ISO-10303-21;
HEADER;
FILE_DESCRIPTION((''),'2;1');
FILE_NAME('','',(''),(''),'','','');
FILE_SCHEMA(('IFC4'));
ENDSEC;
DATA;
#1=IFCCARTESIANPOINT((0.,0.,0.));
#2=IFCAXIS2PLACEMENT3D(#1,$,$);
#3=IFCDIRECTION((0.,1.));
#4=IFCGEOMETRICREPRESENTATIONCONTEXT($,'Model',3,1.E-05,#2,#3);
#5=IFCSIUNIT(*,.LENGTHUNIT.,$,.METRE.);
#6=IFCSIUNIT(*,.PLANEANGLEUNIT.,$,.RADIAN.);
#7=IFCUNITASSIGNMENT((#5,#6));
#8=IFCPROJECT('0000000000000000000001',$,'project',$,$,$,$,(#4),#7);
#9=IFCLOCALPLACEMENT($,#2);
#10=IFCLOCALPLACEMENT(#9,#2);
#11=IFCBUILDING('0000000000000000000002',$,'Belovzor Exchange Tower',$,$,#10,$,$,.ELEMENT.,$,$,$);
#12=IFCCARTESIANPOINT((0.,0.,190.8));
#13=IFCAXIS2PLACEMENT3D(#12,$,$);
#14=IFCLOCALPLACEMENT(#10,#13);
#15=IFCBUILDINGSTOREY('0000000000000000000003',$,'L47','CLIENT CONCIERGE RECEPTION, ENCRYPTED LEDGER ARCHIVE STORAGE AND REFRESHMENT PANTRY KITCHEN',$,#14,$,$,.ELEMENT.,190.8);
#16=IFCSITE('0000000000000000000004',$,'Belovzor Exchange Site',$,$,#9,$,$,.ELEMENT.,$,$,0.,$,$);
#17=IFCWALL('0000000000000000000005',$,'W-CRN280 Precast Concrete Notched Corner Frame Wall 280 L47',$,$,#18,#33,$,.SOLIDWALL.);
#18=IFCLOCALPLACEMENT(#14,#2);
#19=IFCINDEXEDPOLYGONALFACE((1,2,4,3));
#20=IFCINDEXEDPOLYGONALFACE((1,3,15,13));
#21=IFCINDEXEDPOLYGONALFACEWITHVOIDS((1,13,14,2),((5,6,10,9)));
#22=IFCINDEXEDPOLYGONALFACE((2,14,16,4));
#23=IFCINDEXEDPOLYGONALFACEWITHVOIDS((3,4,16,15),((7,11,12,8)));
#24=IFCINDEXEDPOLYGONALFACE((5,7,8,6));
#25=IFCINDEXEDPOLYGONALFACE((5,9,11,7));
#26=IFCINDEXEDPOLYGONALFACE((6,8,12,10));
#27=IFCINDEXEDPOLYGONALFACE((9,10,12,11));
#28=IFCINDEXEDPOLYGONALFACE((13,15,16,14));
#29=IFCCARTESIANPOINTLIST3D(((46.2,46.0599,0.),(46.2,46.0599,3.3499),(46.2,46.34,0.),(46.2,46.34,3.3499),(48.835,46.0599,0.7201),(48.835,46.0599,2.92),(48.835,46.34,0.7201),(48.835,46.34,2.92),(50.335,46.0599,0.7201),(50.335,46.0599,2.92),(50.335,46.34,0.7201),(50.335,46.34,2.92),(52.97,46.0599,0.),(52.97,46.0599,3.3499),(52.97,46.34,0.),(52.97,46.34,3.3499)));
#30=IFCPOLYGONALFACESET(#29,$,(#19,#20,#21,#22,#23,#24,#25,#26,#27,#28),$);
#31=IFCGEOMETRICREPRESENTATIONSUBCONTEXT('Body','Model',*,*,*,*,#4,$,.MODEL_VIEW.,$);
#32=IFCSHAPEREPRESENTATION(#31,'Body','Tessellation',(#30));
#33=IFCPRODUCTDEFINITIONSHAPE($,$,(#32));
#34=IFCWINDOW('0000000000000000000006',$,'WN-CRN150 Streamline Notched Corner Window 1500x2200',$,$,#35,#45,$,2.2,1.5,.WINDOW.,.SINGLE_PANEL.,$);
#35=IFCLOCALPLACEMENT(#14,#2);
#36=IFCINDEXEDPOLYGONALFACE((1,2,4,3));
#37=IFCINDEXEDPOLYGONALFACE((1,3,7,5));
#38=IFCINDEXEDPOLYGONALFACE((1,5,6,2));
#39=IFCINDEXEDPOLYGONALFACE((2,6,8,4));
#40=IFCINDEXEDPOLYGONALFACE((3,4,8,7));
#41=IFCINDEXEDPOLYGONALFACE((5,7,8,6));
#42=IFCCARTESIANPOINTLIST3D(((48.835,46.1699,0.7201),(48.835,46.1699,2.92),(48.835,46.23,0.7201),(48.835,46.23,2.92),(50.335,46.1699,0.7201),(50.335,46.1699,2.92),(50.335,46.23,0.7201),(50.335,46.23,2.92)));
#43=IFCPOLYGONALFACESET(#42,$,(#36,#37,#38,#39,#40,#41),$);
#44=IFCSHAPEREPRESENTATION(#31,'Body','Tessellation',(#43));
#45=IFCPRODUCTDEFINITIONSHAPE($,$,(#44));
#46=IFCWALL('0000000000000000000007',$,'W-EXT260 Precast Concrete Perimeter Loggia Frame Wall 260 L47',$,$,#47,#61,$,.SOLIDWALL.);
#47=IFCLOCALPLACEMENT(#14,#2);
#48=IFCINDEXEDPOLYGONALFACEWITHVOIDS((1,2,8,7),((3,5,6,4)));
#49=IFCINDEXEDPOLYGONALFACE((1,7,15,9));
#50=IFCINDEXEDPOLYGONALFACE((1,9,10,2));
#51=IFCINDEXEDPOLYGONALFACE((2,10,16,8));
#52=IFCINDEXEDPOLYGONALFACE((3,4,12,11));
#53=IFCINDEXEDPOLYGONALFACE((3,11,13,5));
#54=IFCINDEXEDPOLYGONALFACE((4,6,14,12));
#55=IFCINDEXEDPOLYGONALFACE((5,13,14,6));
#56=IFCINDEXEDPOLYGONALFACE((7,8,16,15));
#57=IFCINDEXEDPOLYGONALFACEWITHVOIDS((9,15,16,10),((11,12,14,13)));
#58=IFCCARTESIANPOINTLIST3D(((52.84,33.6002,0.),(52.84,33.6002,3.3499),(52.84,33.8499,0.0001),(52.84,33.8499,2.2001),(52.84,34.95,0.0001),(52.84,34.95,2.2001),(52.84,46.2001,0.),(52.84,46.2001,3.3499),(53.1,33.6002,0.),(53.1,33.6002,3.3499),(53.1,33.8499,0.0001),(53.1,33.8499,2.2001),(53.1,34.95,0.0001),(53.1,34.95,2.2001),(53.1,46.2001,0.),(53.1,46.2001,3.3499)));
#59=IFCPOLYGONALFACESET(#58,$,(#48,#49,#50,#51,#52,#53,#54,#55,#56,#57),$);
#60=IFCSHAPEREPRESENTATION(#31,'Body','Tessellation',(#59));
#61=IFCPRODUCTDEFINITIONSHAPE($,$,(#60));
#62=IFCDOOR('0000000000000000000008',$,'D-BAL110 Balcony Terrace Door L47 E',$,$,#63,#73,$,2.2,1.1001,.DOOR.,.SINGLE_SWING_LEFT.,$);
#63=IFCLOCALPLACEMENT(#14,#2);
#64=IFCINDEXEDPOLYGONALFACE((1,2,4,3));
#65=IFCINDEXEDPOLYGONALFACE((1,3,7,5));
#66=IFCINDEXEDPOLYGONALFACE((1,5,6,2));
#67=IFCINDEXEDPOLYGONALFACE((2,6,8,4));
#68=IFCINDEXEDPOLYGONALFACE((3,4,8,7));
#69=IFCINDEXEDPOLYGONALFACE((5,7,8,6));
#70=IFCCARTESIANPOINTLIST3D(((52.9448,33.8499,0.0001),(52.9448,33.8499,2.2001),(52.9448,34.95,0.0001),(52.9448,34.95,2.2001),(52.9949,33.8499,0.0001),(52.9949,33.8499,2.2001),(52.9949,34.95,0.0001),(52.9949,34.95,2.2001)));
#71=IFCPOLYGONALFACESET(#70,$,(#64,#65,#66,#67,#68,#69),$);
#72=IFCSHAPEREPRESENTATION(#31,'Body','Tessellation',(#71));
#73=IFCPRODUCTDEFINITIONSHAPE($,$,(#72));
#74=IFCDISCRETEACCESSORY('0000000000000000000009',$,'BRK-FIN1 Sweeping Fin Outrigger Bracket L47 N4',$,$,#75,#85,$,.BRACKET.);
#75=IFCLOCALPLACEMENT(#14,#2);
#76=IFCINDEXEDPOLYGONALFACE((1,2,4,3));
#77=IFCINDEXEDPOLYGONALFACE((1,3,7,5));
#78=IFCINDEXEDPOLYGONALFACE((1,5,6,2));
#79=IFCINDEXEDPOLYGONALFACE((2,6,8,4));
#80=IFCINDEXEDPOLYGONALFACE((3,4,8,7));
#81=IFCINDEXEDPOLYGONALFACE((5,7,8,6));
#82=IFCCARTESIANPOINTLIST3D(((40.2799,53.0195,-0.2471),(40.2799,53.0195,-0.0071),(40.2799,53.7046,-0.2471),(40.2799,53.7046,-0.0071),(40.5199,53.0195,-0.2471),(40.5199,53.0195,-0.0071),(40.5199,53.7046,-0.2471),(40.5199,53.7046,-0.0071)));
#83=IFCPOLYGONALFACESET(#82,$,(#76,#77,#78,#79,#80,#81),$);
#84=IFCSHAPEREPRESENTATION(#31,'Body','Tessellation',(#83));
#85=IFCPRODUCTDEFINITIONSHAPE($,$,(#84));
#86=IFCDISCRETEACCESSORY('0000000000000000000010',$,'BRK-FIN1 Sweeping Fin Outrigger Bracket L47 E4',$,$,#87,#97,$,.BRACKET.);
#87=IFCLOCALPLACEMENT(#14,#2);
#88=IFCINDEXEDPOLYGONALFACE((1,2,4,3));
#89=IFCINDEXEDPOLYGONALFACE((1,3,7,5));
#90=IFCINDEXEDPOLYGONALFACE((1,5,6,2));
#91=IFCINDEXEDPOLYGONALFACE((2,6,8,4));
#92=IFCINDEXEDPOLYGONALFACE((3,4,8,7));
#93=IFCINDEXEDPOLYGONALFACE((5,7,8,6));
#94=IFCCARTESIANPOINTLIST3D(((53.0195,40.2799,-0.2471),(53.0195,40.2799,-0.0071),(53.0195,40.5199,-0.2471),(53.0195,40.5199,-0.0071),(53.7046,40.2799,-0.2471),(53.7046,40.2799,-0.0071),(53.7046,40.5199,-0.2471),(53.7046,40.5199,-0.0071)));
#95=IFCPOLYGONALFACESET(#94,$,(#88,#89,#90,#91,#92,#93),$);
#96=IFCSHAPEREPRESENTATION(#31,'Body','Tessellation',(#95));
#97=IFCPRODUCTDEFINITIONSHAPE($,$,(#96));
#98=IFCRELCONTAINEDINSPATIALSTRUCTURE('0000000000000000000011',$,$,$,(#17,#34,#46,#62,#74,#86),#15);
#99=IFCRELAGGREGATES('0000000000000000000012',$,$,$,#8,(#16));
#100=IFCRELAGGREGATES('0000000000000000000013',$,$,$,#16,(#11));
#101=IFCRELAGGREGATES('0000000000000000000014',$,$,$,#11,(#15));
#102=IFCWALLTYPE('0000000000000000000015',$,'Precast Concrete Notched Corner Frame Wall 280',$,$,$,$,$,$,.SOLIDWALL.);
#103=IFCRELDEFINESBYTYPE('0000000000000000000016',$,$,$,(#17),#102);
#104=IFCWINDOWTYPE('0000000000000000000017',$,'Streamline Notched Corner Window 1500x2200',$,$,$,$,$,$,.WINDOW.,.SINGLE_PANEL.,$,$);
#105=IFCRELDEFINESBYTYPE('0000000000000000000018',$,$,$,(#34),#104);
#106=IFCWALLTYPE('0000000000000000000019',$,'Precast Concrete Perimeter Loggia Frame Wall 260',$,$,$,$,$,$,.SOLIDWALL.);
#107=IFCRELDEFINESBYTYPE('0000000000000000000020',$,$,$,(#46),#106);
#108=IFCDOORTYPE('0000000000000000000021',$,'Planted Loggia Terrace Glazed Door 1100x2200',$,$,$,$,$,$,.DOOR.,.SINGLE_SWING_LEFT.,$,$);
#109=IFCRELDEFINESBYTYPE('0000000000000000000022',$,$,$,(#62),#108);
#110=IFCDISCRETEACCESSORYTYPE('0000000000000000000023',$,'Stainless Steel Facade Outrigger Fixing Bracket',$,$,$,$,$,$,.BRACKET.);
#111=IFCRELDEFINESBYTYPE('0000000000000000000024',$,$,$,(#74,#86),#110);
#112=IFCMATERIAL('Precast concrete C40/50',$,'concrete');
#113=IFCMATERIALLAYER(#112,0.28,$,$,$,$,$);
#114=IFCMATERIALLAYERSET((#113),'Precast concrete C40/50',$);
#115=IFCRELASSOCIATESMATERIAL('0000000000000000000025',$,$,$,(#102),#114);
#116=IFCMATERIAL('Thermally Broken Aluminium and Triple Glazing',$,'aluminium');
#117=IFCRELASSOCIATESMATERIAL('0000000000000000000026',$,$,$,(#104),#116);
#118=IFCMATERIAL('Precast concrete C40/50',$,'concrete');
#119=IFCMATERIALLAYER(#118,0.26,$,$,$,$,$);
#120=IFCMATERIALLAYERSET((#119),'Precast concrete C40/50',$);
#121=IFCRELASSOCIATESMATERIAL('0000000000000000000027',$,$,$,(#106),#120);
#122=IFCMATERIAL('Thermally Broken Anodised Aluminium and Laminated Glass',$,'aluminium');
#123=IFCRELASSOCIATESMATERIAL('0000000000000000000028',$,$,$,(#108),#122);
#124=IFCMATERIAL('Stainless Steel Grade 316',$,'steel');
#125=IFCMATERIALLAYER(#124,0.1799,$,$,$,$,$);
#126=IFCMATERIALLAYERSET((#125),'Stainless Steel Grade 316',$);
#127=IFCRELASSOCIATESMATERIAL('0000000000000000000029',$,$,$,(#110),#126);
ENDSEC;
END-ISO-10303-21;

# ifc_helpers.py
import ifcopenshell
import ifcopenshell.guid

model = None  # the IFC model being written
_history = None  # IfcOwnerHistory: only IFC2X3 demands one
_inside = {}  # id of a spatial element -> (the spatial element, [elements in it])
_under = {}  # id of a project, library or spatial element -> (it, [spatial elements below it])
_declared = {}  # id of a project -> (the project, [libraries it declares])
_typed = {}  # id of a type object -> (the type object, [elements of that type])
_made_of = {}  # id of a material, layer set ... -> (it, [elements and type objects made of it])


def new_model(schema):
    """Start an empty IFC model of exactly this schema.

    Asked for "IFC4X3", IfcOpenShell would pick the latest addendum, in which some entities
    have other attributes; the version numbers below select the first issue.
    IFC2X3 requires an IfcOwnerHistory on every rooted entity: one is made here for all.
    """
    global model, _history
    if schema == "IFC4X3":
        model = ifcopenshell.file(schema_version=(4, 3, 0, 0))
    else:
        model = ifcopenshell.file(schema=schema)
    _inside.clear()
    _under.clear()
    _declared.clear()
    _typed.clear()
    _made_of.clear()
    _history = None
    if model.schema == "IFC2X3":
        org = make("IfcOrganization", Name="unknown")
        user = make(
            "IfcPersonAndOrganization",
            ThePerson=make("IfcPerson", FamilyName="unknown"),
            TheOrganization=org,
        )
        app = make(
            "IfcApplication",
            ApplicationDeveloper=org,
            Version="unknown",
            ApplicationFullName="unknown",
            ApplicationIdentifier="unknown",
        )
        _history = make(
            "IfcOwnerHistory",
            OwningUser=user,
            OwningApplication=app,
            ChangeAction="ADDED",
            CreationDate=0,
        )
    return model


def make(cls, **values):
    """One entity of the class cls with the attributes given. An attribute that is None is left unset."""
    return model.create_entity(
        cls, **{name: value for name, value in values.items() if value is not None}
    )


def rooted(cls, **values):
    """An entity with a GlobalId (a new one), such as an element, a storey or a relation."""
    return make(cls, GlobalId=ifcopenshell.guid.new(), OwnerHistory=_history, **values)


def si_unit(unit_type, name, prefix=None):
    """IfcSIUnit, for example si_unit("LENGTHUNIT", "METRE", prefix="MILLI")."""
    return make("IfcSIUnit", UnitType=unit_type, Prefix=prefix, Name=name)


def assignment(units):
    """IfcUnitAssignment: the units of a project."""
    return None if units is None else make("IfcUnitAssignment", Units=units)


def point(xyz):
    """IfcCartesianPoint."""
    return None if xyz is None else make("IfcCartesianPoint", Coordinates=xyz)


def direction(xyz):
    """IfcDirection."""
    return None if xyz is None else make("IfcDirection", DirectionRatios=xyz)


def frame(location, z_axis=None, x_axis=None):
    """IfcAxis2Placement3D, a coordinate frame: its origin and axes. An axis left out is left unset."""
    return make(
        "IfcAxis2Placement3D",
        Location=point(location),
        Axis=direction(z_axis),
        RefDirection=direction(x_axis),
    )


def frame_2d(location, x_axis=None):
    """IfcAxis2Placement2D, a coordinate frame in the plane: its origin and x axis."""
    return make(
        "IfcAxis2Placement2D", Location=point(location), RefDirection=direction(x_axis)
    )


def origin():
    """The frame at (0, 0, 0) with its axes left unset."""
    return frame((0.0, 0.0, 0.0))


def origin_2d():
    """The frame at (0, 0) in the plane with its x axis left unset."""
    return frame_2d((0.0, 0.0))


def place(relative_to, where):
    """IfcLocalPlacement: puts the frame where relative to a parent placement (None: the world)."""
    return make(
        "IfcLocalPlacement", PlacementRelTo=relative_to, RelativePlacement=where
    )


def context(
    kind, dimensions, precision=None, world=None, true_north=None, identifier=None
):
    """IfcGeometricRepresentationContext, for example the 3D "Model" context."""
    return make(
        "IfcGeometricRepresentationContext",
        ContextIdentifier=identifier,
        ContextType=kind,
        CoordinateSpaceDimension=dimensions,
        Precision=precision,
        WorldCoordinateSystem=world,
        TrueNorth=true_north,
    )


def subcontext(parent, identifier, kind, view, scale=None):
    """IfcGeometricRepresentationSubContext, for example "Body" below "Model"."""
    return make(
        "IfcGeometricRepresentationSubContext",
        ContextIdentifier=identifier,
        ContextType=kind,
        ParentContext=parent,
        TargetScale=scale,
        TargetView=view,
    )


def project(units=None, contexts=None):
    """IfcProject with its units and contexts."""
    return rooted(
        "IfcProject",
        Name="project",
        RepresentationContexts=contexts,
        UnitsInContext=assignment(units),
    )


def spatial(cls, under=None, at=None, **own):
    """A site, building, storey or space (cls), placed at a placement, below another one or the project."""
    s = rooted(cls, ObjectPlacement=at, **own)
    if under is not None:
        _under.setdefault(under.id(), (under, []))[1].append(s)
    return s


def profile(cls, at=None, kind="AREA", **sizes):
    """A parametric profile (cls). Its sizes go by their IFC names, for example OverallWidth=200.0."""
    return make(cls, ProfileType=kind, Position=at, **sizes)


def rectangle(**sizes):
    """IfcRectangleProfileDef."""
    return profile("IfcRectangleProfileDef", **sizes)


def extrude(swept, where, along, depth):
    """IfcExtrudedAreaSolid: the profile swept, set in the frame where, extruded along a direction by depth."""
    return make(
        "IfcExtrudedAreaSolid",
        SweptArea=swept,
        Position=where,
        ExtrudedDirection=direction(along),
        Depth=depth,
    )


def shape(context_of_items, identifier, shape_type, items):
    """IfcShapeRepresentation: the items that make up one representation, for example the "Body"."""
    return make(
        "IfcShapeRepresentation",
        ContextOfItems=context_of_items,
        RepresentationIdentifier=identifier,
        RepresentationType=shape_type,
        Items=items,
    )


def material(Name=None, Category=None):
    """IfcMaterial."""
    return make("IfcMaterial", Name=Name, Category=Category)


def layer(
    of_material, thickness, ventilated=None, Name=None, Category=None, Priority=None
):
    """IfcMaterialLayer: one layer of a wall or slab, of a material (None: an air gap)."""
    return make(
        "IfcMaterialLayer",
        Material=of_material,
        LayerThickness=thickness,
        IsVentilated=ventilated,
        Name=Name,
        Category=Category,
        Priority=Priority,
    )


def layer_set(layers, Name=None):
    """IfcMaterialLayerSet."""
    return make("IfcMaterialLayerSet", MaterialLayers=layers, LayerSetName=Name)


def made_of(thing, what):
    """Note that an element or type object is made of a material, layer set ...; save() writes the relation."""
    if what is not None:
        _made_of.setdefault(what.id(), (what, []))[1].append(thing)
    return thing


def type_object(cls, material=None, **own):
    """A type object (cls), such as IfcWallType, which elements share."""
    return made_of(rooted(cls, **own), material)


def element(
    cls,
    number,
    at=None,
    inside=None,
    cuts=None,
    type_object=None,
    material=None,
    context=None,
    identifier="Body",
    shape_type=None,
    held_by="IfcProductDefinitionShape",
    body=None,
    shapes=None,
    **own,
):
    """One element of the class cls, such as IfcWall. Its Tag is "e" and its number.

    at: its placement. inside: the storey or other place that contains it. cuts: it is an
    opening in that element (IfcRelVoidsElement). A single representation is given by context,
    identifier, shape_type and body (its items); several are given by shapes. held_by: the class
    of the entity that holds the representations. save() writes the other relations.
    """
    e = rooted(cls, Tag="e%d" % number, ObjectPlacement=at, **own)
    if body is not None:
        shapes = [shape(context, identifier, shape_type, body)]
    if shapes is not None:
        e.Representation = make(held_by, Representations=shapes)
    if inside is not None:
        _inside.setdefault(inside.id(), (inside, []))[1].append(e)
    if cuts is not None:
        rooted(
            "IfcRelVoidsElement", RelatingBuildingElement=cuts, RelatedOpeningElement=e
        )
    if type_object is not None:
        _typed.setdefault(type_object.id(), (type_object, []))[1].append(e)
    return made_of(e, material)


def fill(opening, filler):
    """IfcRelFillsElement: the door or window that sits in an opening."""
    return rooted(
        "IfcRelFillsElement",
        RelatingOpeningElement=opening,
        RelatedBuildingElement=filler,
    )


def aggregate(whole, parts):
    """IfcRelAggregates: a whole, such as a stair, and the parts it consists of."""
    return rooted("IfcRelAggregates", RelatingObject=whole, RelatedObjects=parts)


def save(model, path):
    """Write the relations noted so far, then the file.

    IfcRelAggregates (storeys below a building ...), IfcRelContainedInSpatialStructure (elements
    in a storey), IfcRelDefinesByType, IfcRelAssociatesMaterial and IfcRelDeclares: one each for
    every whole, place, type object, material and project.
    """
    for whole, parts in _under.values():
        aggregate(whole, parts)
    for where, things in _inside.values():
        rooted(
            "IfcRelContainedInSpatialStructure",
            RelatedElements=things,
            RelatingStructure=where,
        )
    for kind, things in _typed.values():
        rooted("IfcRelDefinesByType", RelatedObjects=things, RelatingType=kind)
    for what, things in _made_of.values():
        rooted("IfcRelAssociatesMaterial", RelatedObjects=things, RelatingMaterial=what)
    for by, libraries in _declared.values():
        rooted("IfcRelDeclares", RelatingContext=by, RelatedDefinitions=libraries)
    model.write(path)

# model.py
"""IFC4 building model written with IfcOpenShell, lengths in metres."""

from ifc_helpers import new_model, si_unit, direction, frame, frame_2d, origin, origin_2d, place, context, subcontext, project, spatial, rectangle, extrude, material, layer, layer_set, type_object, element, fill, save


model = new_model("IFC4")

# Units and contexts
model_context = context("Model", 3, precision=1e-05, world=origin(), true_north=direction((0.0, 1.0)))
body_context = subcontext(model_context, "Body", "Model", "MODEL_VIEW")
ifc_project = project(units=[si_unit("LENGTHUNIT", "METRE"), si_unit("PLANEANGLEUNIT", "RADIAN")], contexts=[model_context])

# Site, building, storey
site_placement = place(None, origin())
site = spatial("IfcSite", under=ifc_project, at=site_placement, Name="Belovzor Exchange Site", CompositionType="ELEMENT", RefElevation=0.0)
building_placement = place(site_placement, origin())
building = spatial("IfcBuilding", under=site, at=building_placement, Name="Belovzor Exchange Tower", CompositionType="ELEMENT")
storey_placement = place(building_placement, frame((0.0, 0.0, 190.8)))
storey = spatial("IfcBuildingStorey", under=building, at=storey_placement, Name="L47", Description="CLIENT CONCIERGE RECEPTION, ENCRYPTED LEDGER ARCHIVE STORAGE AND REFRESHMENT PANTRY KITCHEN", CompositionType="ELEMENT", Elevation=190.8)

# Wall, opening, window
ifc_material_1 = material(Name="Precast concrete C40/50", Category="concrete")
ifc_layer_1 = layer(ifc_material_1, 0.28)
ifc_layer_set_1 = layer_set([ifc_layer_1], Name="Precast concrete C40/50")
wall_type_1 = type_object("IfcWallType", Name="Precast Concrete Notched Corner Frame Wall 280", PredefinedType="SOLIDWALL", material=ifc_layer_set_1)
ifc_material_2 = material(Name="Thermally Broken Aluminium and Triple Glazing", Category="aluminium")
window_type = type_object("IfcWindowType", Name="Streamline Notched Corner Window 1500x2200", PartitioningType="SINGLE_PANEL", PredefinedType="WINDOW", material=ifc_material_2)
wall_1_placement = place(storey_placement, frame((46.2, 46.2, 0.0), z_axis=(0.0, 0.0, 1.0), x_axis=(1.0, 0.0, 0.0)))
wall_1 = element("IfcWall", 1, at=wall_1_placement, inside=storey, type_object=wall_type_1, Name="W-CRN280 Precast Concrete Notched Corner Frame Wall 280 L47", PredefinedType="SOLIDWALL", context=body_context, shape_type="SweptSolid", body=[
    extrude(rectangle(XDim=6.77, YDim=0.28, at=frame_2d((3.385, 0.0))), origin(), (0.0, 0.0, 1.0), 3.3499),
])
opening_1_placement = place(wall_1_placement, frame((2.635, 0.0, 0.72)))
opening_1 = element("IfcOpeningElement", 2, at=opening_1_placement, cuts=wall_1, PredefinedType="OPENING", context=body_context, shape_type="SweptSolid", body=[
    extrude(rectangle(XDim=1.5, YDim=2.2, at=frame_2d((0.75, 1.1001))), frame((0.0, 0.1499, 0.0), z_axis=(0.0, -1.0, 0.0), x_axis=(1.0, 0.0, 0.0)), (0.0, 0.0, 1.0), 0.3),
])
window_1_placement = place(opening_1_placement, origin())
window_1 = element("IfcWindow", 3, at=window_1_placement, inside=storey, type_object=window_type, Name="WN-CRN150 Streamline Notched Corner Window 1500x2200", OverallHeight=2.2, OverallWidth=1.5, PartitioningType="SINGLE_PANEL", PredefinedType="WINDOW", context=body_context, shape_type="SweptSolid", body=[
    extrude(rectangle(XDim=1.5, YDim=2.2, at=frame_2d((0.75, 1.1001))), frame((0.0, 0.03, 0.0), z_axis=(0.0, -1.0, 0.0), x_axis=(1.0, 0.0, 0.0)), (0.0, 0.0, 1.0), 0.0601),
])
fill(opening_1, window_1)

# Wall, opening, door
ifc_material_3 = material(Name="Precast concrete C40/50", Category="concrete")
ifc_layer_2 = layer(ifc_material_3, 0.26)
ifc_layer_set_2 = layer_set([ifc_layer_2], Name="Precast concrete C40/50")
wall_type_2 = type_object("IfcWallType", Name="Precast Concrete Perimeter Loggia Frame Wall 260", PredefinedType="SOLIDWALL", material=ifc_layer_set_2)
wall_2_placement = place(storey_placement, frame((52.97, 46.2, 0.0), z_axis=(0.0, 0.0, 1.0), x_axis=(0.0, -1.0, 0.0)))
wall_2 = element("IfcWall", 4, at=wall_2_placement, inside=storey, type_object=wall_type_2, Name="W-EXT260 Precast Concrete Perimeter Loggia Frame Wall 260 L47", PredefinedType="SOLIDWALL", context=body_context, shape_type="SweptSolid", body=[
    extrude(rectangle(XDim=12.5999, YDim=0.26, at=frame_2d((6.2998, 0.0))), origin(), (0.0, 0.0, 1.0), 3.3499),
])
opening_2_placement = place(wall_2_placement, frame((11.25, 0.0, 0.0)))
opening_2 = element("IfcOpeningElement", 5, at=opening_2_placement, cuts=wall_2, PredefinedType="OPENING", context=body_context, shape_type="SweptSolid", body=[
    extrude(rectangle(XDim=1.1001, YDim=2.2, at=frame_2d((0.55, 1.1001))), frame((0.0, 0.1399, 0.0), z_axis=(0.0, -1.0, 0.0), x_axis=(1.0, 0.0, 0.0)), (0.0, 0.0, 1.0), 0.28),
])
ifc_material_4 = material(Name="Thermally Broken Anodised Aluminium and Laminated Glass", Category="aluminium")
door_type_1 = type_object("IfcDoorType", Name="Planted Loggia Terrace Glazed Door 1100x2200", OperationType="SINGLE_SWING_LEFT", PredefinedType="DOOR", material=ifc_material_4)
door_1_placement = place(opening_2_placement, origin())
door_1 = element("IfcDoor", 6, at=door_1_placement, inside=storey, type_object=door_type_1, Name="D-BAL110 Balcony Terrace Door L47 E", OperationType="SINGLE_SWING_LEFT", OverallHeight=2.2, OverallWidth=1.1001, PredefinedType="DOOR", context=body_context, shape_type="SweptSolid", body=[
    extrude(rectangle(XDim=1.1001, YDim=2.2, at=frame_2d((0.55, 1.1001))), frame((0.0, 0.0249, 0.0), z_axis=(0.0, -1.0, 0.0), x_axis=(1.0, 0.0, 0.0)), (0.0, 0.0, 1.0), 0.05),
])
fill(opening_2, door_1)

# Discrete accessories
ifc_material_5 = material(Name="Stainless Steel Grade 316", Category="steel")
ifc_layer_3 = layer(ifc_material_5, 0.1799)
ifc_layer_set_3 = layer_set([ifc_layer_3], Name="Stainless Steel Grade 316")
discrete_accessory_type = type_object("IfcDiscreteAccessoryType", Name="Stainless Steel Facade Outrigger Fixing Bracket", PredefinedType="BRACKET", material=ifc_layer_set_3)
for number, where, z_axis, x_axis, name in (
    (7, (40.3999, 53.3621, -0.2471), (0.0, 0.0, 1.0), (0.0, 1.0, 0.0), "BRK-FIN1 Sweeping Fin Outrigger Bracket L47 N4"),
    (8, (53.3621, 40.3999, -0.2471), (0.0, 0.0, 1.0), (1.0, 0.0, 0.0), "BRK-FIN1 Sweeping Fin Outrigger Bracket L47 E4"),
):
    element("IfcDiscreteAccessory", number, at=place(storey_placement, frame(where, z_axis=z_axis, x_axis=x_axis)), inside=storey, type_object=discrete_accessory_type, Name=name, PredefinedType="BRACKET", context=body_context, shape_type="SweptSolid", body=[
        extrude(rectangle(XDim=0.6851, YDim=0.24, at=origin_2d()), origin(), (0.0, 0.0, 1.0), 0.24),
    ])

save(model, "model.ifc")
